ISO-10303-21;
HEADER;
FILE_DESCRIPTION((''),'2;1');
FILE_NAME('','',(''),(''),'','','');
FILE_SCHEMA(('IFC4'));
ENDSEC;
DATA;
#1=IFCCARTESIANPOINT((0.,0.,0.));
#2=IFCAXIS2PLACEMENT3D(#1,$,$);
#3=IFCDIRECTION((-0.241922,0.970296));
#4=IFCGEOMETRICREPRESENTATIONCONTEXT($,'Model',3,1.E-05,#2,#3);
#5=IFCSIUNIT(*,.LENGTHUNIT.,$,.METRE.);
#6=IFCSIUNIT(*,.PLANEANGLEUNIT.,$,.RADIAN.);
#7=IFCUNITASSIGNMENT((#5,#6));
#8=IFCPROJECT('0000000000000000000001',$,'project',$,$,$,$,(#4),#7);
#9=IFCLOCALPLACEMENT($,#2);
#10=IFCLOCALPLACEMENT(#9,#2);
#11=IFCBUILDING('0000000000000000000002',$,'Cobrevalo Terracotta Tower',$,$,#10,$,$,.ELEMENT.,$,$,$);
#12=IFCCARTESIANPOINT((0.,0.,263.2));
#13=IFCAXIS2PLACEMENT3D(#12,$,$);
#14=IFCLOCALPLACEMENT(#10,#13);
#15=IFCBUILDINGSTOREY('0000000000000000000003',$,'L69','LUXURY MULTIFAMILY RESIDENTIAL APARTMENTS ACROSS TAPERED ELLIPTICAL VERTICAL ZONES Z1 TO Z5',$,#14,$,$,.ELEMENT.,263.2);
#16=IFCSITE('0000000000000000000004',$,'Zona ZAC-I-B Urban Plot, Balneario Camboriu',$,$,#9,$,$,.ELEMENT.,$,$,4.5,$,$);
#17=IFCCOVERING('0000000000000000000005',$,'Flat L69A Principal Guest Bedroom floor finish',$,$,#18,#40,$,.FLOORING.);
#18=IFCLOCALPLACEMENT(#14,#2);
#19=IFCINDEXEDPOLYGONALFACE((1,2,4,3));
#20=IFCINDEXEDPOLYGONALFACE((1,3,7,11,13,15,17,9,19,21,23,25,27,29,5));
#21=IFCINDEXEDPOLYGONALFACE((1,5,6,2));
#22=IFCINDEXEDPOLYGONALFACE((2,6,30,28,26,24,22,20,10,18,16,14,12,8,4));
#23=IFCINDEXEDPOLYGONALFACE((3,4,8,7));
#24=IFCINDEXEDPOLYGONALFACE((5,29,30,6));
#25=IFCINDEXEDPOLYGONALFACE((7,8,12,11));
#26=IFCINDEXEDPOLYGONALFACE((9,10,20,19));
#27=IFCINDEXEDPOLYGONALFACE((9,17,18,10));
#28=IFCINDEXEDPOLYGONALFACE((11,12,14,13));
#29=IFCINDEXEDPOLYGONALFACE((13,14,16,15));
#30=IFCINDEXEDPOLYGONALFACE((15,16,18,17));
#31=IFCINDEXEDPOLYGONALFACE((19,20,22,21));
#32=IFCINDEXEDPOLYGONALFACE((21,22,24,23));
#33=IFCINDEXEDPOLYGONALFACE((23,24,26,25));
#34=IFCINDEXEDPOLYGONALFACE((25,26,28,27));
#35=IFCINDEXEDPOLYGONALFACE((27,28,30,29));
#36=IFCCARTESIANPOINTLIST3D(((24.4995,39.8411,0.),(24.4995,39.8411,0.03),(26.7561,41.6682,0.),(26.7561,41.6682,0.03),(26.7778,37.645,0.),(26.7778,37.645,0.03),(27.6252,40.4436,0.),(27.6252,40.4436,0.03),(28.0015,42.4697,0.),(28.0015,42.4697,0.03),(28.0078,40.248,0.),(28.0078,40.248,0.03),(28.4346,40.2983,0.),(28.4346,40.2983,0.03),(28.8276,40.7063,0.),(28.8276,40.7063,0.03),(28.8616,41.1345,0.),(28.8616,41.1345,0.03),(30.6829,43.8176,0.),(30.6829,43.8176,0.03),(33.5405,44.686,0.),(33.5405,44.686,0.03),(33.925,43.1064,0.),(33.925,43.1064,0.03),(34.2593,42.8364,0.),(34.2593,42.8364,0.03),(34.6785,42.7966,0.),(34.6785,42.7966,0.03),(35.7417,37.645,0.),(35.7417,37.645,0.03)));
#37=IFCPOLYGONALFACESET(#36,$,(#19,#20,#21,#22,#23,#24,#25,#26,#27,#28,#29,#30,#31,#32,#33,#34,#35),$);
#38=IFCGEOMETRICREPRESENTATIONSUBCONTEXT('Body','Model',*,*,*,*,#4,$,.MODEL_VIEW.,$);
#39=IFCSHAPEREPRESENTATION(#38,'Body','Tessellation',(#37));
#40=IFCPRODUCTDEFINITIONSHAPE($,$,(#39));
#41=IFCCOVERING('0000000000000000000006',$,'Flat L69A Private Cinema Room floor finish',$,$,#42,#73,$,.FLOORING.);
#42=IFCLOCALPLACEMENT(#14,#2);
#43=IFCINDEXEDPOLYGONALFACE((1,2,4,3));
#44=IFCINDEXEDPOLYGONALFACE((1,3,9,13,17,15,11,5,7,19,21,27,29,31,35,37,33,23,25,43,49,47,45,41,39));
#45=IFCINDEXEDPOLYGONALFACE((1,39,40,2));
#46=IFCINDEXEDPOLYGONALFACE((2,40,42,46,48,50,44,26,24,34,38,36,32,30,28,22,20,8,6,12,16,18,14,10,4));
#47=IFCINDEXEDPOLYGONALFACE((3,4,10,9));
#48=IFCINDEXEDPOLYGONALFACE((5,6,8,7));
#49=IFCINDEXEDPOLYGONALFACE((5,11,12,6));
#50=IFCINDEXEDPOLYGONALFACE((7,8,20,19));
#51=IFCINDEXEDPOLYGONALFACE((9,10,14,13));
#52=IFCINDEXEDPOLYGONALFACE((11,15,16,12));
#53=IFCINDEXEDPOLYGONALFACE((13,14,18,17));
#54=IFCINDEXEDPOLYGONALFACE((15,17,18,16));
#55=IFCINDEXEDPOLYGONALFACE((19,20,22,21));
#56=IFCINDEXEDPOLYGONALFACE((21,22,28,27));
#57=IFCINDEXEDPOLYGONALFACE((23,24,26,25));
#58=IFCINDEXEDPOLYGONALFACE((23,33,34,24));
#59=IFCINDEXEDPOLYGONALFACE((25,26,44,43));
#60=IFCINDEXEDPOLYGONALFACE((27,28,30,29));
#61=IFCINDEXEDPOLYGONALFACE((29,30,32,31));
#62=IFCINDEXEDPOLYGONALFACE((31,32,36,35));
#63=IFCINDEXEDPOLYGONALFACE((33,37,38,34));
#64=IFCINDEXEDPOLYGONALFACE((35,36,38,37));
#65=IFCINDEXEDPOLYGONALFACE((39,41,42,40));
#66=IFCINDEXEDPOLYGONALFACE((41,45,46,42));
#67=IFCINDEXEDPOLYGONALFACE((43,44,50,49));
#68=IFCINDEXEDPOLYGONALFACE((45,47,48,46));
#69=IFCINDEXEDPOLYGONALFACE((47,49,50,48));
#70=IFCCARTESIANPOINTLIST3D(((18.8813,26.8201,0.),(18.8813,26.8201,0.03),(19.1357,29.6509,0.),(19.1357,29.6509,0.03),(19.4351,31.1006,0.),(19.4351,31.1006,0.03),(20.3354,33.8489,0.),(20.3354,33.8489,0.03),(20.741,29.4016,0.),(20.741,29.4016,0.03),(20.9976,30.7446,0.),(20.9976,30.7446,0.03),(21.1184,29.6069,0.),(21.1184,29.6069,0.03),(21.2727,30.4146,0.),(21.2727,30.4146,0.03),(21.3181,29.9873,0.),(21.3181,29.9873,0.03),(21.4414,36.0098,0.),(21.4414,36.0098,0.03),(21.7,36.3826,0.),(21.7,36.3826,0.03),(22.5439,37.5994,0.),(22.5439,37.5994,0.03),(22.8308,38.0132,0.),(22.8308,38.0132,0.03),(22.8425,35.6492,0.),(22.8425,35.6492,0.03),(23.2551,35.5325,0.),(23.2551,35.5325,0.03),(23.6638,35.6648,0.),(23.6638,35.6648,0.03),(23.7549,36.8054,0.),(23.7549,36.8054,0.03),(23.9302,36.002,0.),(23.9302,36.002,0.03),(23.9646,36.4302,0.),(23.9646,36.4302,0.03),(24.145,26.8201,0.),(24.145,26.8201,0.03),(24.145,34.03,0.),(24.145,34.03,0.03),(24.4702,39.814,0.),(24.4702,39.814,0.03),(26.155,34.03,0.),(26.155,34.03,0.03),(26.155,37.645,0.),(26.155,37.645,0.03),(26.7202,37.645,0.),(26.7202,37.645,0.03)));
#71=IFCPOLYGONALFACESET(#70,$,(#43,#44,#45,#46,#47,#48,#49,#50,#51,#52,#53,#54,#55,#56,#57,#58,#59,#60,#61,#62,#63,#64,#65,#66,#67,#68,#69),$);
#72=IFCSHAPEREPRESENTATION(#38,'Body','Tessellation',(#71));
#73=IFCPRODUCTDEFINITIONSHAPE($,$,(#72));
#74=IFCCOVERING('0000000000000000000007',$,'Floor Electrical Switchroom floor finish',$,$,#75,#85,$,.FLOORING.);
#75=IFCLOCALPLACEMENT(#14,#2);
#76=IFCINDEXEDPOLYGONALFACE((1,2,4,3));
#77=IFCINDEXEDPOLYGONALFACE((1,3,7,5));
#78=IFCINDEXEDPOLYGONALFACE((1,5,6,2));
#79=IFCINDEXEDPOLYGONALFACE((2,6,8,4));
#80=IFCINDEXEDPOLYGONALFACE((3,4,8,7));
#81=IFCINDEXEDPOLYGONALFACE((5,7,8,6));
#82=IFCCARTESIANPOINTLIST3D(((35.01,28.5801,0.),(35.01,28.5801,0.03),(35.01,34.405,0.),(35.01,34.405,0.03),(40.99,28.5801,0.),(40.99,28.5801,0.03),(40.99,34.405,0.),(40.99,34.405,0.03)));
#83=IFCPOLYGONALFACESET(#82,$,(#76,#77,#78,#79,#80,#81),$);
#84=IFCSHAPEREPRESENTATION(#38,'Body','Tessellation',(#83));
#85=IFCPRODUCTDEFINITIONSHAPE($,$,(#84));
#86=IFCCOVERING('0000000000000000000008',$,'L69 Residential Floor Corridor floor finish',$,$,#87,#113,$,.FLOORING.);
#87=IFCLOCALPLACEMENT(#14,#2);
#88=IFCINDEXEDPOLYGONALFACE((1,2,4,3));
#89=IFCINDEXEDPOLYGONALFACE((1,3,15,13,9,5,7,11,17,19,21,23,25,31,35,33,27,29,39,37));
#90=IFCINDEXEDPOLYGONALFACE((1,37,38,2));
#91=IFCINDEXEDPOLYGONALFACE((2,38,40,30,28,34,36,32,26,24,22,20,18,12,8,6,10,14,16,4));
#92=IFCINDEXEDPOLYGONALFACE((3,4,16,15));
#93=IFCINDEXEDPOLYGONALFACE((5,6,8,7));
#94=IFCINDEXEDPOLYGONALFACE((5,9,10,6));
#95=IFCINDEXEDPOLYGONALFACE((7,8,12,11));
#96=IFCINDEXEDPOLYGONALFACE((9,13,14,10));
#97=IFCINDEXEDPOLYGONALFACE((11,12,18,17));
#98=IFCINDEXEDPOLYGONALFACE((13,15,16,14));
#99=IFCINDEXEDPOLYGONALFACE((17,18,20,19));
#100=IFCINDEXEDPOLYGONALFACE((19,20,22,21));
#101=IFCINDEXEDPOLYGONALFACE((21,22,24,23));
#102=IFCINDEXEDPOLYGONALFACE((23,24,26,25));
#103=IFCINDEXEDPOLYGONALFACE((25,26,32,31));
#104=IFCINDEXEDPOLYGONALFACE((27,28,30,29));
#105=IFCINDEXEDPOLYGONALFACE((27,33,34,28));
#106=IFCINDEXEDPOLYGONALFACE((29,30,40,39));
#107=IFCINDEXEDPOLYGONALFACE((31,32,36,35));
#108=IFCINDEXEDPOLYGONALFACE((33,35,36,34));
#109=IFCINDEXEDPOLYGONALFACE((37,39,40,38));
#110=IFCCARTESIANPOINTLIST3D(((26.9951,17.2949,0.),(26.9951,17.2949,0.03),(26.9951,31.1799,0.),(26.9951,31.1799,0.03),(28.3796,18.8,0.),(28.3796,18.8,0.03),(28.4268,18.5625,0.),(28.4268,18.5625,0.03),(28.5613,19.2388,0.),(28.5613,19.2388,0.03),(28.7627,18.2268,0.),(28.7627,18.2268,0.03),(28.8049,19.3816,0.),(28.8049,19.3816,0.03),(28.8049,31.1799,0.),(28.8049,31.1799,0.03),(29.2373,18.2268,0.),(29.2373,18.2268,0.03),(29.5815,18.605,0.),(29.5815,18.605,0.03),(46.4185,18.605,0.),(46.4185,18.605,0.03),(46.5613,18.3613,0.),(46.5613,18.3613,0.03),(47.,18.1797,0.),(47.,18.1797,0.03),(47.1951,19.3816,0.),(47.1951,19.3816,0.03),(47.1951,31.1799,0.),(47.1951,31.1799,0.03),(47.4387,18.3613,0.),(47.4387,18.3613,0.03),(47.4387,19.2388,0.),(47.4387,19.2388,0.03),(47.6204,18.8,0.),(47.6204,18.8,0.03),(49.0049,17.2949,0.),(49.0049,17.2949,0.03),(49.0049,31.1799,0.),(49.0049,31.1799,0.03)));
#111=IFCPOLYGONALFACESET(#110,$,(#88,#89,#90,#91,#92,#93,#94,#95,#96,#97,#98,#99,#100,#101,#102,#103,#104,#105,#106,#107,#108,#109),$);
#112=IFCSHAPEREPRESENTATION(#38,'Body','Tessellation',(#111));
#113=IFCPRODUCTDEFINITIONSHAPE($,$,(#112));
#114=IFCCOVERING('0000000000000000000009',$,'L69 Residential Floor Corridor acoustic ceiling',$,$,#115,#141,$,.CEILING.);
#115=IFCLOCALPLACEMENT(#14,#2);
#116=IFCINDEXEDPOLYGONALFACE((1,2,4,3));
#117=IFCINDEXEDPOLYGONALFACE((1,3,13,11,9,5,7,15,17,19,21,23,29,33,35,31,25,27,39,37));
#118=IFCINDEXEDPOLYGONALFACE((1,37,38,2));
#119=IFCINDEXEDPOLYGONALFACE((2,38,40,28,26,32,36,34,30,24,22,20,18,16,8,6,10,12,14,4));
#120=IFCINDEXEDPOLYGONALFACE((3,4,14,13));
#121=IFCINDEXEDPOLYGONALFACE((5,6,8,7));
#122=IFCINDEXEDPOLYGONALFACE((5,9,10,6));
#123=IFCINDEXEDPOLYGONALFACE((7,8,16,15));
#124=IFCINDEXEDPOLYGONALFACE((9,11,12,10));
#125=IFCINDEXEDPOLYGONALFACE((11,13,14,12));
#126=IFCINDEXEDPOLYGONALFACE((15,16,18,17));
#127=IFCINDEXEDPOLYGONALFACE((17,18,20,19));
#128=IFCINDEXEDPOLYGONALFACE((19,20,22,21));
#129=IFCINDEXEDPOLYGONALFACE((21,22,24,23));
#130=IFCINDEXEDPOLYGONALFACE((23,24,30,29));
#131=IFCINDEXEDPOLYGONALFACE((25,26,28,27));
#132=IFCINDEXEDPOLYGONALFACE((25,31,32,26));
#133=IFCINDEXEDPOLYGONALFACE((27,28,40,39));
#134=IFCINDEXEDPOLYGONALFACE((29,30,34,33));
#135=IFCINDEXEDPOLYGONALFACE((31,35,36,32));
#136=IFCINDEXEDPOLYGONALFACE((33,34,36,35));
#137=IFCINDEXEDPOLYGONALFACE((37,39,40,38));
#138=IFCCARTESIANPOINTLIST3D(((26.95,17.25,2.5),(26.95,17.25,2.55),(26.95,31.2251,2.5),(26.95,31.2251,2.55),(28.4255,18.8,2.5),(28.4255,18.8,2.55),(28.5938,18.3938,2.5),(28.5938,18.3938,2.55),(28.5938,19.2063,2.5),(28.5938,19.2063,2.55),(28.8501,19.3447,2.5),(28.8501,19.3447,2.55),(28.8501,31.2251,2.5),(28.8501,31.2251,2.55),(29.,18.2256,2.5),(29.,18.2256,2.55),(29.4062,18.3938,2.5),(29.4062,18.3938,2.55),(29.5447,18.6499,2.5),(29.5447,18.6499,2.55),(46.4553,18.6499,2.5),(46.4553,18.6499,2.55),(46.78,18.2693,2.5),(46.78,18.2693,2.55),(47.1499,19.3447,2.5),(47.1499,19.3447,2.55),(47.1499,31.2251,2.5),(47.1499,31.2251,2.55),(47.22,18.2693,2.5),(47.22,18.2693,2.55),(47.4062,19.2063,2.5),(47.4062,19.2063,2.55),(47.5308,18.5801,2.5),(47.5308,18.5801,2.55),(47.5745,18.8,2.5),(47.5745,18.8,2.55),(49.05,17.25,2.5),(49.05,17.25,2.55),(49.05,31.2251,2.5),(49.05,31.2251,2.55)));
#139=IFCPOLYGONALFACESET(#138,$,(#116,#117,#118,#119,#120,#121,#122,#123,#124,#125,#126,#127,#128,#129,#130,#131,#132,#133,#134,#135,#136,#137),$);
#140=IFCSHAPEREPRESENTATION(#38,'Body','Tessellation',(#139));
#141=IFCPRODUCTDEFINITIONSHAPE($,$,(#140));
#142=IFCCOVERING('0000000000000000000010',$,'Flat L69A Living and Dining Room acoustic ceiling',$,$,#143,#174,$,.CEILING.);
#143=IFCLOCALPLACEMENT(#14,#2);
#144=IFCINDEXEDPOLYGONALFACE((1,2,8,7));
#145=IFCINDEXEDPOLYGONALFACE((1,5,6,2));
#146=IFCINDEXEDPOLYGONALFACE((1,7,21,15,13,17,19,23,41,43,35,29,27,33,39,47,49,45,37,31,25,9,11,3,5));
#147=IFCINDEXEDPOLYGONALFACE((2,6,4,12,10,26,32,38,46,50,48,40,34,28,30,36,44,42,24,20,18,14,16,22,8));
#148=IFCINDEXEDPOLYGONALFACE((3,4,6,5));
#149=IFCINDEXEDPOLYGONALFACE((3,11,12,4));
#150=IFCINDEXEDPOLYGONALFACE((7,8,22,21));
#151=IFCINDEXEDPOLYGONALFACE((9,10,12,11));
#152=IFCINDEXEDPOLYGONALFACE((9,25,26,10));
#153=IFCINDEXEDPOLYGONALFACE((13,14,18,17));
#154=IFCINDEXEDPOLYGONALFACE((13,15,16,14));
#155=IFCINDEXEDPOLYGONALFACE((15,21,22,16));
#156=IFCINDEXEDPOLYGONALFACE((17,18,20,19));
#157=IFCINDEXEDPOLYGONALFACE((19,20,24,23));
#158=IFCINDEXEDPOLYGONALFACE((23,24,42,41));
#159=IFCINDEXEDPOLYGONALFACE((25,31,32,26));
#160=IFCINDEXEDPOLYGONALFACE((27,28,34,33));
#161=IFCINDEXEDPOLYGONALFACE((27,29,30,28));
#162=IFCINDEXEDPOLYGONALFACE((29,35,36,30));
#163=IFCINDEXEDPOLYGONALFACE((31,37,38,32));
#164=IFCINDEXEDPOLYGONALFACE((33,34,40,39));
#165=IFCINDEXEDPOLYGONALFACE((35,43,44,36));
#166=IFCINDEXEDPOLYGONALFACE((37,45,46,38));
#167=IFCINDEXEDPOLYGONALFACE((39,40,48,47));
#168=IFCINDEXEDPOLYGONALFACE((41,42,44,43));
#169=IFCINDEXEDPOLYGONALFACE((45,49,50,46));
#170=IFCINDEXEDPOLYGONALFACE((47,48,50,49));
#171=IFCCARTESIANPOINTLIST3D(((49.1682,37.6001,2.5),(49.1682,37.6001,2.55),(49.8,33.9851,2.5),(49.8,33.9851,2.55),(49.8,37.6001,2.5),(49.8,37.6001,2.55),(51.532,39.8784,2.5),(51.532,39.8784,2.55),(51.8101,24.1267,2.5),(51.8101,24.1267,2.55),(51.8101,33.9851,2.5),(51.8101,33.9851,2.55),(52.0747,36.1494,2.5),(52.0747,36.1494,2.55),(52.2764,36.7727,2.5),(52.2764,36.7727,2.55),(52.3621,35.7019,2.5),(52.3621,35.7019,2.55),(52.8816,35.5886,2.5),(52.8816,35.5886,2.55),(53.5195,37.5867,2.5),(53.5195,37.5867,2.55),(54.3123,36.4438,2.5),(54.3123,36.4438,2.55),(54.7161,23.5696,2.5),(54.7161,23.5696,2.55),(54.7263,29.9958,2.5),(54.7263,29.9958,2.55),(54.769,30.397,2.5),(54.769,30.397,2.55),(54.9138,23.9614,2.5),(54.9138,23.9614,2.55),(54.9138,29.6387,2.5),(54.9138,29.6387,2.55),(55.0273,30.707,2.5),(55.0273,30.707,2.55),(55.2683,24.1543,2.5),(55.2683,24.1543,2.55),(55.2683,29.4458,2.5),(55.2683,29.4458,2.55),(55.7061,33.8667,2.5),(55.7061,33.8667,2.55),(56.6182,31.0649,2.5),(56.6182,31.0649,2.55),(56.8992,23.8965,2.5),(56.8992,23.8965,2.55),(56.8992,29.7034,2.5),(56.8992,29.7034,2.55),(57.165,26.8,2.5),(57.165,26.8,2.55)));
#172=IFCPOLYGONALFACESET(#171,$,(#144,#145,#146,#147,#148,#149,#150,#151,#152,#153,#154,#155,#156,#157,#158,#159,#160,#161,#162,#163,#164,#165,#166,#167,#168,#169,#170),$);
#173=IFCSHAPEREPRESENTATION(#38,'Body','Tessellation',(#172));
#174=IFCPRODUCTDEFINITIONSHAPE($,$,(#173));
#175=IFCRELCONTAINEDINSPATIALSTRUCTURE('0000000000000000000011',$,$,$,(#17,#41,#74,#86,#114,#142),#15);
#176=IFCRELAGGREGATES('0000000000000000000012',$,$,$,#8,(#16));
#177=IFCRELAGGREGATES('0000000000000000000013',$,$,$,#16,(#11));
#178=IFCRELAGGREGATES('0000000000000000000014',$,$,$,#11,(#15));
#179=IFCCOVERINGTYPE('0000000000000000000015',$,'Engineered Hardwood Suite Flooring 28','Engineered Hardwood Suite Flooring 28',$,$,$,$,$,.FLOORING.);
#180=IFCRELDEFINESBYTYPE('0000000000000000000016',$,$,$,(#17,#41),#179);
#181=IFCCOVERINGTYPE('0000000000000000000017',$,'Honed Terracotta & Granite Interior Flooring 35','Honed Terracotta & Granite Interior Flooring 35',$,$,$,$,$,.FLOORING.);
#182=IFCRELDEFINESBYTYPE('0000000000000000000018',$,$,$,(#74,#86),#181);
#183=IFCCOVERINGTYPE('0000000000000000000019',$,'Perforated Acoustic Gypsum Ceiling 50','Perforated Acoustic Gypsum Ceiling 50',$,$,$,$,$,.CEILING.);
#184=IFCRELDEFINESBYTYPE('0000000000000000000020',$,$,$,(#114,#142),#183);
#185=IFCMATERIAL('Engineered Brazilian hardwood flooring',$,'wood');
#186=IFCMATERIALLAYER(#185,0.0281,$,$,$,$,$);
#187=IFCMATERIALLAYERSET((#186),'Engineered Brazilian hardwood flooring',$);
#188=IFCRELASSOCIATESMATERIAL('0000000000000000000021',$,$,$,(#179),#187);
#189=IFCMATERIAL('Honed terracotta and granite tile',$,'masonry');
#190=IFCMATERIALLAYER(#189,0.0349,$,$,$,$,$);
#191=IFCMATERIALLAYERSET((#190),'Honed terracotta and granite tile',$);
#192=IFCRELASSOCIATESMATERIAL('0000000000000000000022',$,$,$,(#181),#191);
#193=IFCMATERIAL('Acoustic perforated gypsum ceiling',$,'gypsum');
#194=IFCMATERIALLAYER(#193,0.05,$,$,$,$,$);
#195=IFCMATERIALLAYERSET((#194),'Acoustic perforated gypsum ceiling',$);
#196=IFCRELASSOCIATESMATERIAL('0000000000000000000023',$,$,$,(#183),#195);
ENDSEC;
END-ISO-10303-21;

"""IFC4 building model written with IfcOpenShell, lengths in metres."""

from ifc_helpers import new_model, si_unit, direction, frame, origin, place, context, subcontext, project, spatial, polyline, outline, extrude, material, layer, layer_set, type_object, element, save


model = new_model("IFC4")

# Units and contexts
model_context = context("Model", 3, precision=1e-05, world=origin(), true_north=direction((-0.241922, 0.970296)))
body_context = subcontext(model_context, "Body", "Model", "MODEL_VIEW")
ifc_project = project(units=[si_unit("LENGTHUNIT", "METRE"), si_unit("PLANEANGLEUNIT", "RADIAN")], contexts=[model_context])

# Site, building, storey
site_placement = place(None, origin())
site = spatial("IfcSite", under=ifc_project, at=site_placement, Name="Zona ZAC-I-B Urban Plot, Balneario Camboriu", CompositionType="ELEMENT", RefElevation=4.5)
building_placement = place(site_placement, origin())
building = spatial("IfcBuilding", under=site, at=building_placement, Name="Cobrevalo Terracotta Tower", CompositionType="ELEMENT")
storey_placement = place(building_placement, frame((0.0, 0.0, 263.2)))
storey = spatial("IfcBuildingStorey", under=building, at=storey_placement, Name="L69", Description="LUXURY MULTIFAMILY RESIDENTIAL APARTMENTS ACROSS TAPERED ELLIPTICAL VERTICAL ZONES Z1 TO Z5", CompositionType="ELEMENT", Elevation=263.2)

# Coverings
ifc_material_1 = material(Name="Engineered Brazilian hardwood flooring", Category="wood")
ifc_layer_1 = layer(ifc_material_1, 0.0281)
ifc_layer_set_1 = layer_set([ifc_layer_1], Name="Engineered Brazilian hardwood flooring")
covering_type_1 = type_object("IfcCoveringType", Name="Engineered Hardwood Suite Flooring 28", Description="Engineered Hardwood Suite Flooring 28", PredefinedType="FLOORING", material=ifc_layer_set_1)
covering_1_placement = place(storey_placement, origin())
element("IfcCovering", 1, at=covering_1_placement, inside=storey, type_object=covering_type_1, Name="Flat L69A Principal Guest Bedroom floor finish", PredefinedType="FLOORING", context=body_context, shape_type="SweptSolid", body=[
    extrude(outline(polyline([(24.4995, 39.8411), (26.7561, 41.6682), (27.6252, 40.4436), (28.0078, 40.248), (28.4346, 40.2983), (28.8276, 40.7063), (28.8616, 41.1345), (28.0015, 42.4697), (30.6829, 43.8176), (33.5405, 44.686), (33.925, 43.1064), (34.2593, 42.8364), (34.6785, 42.7966), (35.7417, 37.645), (26.7778, 37.645), (24.4995, 39.8411)])), origin(), (0.0, 0.0, 1.0), 0.03),
])
covering_2_placement = place(storey_placement, origin())
element("IfcCovering", 2, at=covering_2_placement, inside=storey, type_object=covering_type_1, Name="Flat L69A Private Cinema Room floor finish", PredefinedType="FLOORING", context=body_context, shape_type="SweptSolid", body=[
    extrude(outline(polyline([(26.7202, 37.645), (26.155, 37.645), (26.155, 34.03), (24.145, 34.03), (24.145, 26.8201), (18.8813, 26.8201), (19.1357, 29.6509), (20.741, 29.4016), (21.1184, 29.6069), (21.3181, 29.9873), (21.2727, 30.4146), (20.9976, 30.7446), (19.4351, 31.1006), (20.3354, 33.8489), (21.4414, 36.0098), (21.7, 36.3826), (22.8425, 35.6492), (23.2551, 35.5325), (23.6638, 35.6648), (23.9302, 36.002), (23.9646, 36.4302), (23.7549, 36.8054), (22.5439, 37.5994), (22.8308, 38.0132), (24.4702, 39.814), (26.7202, 37.645)])), origin(), (0.0, 0.0, 1.0), 0.03),
])
ifc_material_2 = material(Name="Honed terracotta and granite tile", Category="masonry")
ifc_layer_2 = layer(ifc_material_2, 0.0349)
ifc_layer_set_2 = layer_set([ifc_layer_2], Name="Honed terracotta and granite tile")
covering_type_2 = type_object("IfcCoveringType", Name="Honed Terracotta & Granite Interior Flooring 35", Description="Honed Terracotta & Granite Interior Flooring 35", PredefinedType="FLOORING", material=ifc_layer_set_2)
covering_3_placement = place(storey_placement, origin())
element("IfcCovering", 3, at=covering_3_placement, inside=storey, type_object=covering_type_2, Name="Floor Electrical Switchroom floor finish", PredefinedType="FLOORING", context=body_context, shape_type="SweptSolid", body=[
    extrude(outline(polyline([(35.01, 34.405), (40.99, 34.405), (40.99, 28.5801), (35.01, 28.5801), (35.01, 34.405)])), origin(), (0.0, 0.0, 1.0), 0.03),
])
covering_4_placement = place(storey_placement, origin())
element("IfcCovering", 4, at=covering_4_placement, inside=storey, type_object=covering_type_2, Name="L69 Residential Floor Corridor floor finish", PredefinedType="FLOORING", context=body_context, shape_type="SweptSolid", body=[
    extrude(outline(polyline([(26.9951, 31.1799), (28.8049, 31.1799), (28.8049, 19.3816), (28.5613, 19.2388), (28.3796, 18.8), (28.4268, 18.5625), (28.7627, 18.2268), (29.2373, 18.2268), (29.5815, 18.605), (46.4185, 18.605), (46.5613, 18.3613), (47.0, 18.1797), (47.4387, 18.3613), (47.6204, 18.8), (47.4387, 19.2388), (47.1951, 19.3816), (47.1951, 31.1799), (49.0049, 31.1799), (49.0049, 17.2949), (26.9951, 17.2949), (26.9951, 31.1799)])), origin(), (0.0, 0.0, 1.0), 0.03),
])
ifc_material_3 = material(Name="Acoustic perforated gypsum ceiling", Category="gypsum")
ifc_layer_3 = layer(ifc_material_3, 0.05)
ifc_layer_set_3 = layer_set([ifc_layer_3], Name="Acoustic perforated gypsum ceiling")
covering_type_3 = type_object("IfcCoveringType", Name="Perforated Acoustic Gypsum Ceiling 50", Description="Perforated Acoustic Gypsum Ceiling 50", PredefinedType="CEILING", material=ifc_layer_set_3)
covering_5_placement = place(storey_placement, frame((0.0, 0.0, 2.5)))
element("IfcCovering", 5, at=covering_5_placement, inside=storey, type_object=covering_type_3, Name="L69 Residential Floor Corridor acoustic ceiling", PredefinedType="CEILING", context=body_context, shape_type="SweptSolid", body=[
    extrude(outline(polyline([(26.95, 31.2251), (28.8501, 31.2251), (28.8501, 19.3447), (28.5938, 19.2063), (28.4255, 18.8), (28.5938, 18.3938), (29.0, 18.2256), (29.4062, 18.3938), (29.5447, 18.6499), (46.4553, 18.6499), (46.78, 18.2693), (47.22, 18.2693), (47.5308, 18.5801), (47.5745, 18.8), (47.4062, 19.2063), (47.1499, 19.3447), (47.1499, 31.2251), (49.05, 31.2251), (49.05, 17.25), (26.95, 17.25), (26.95, 31.2251)])), origin(), (0.0, 0.0, 1.0), 0.05),
])
covering_6_placement = place(storey_placement, frame((0.0, 0.0, 2.5)))
element("IfcCovering", 6, at=covering_6_placement, inside=storey, type_object=covering_type_3, Name="Flat L69A Living and Dining Room acoustic ceiling", PredefinedType="CEILING", context=body_context, shape_type="SweptSolid", body=[
    extrude(outline(polyline([(51.532, 39.8784), (53.5195, 37.5867), (52.2764, 36.7727), (52.0747, 36.1494), (52.3621, 35.7019), (52.8816, 35.5886), (54.3123, 36.4438), (55.7061, 33.8667), (56.6182, 31.0649), (55.0273, 30.707), (54.769, 30.397), (54.7263, 29.9958), (54.9138, 29.6387), (55.2683, 29.4458), (56.8992, 29.7034), (57.165, 26.8), (56.8992, 23.8965), (55.2683, 24.1543), (54.9138, 23.9614), (54.7161, 23.5696), (51.8101, 24.1267), (51.8101, 33.9851), (49.8, 33.9851), (49.8, 37.6001), (49.1682, 37.6001), (51.532, 39.8784)])), origin(), (0.0, 0.0, 1.0), 0.05),
])

save(model, "model.ifc")
